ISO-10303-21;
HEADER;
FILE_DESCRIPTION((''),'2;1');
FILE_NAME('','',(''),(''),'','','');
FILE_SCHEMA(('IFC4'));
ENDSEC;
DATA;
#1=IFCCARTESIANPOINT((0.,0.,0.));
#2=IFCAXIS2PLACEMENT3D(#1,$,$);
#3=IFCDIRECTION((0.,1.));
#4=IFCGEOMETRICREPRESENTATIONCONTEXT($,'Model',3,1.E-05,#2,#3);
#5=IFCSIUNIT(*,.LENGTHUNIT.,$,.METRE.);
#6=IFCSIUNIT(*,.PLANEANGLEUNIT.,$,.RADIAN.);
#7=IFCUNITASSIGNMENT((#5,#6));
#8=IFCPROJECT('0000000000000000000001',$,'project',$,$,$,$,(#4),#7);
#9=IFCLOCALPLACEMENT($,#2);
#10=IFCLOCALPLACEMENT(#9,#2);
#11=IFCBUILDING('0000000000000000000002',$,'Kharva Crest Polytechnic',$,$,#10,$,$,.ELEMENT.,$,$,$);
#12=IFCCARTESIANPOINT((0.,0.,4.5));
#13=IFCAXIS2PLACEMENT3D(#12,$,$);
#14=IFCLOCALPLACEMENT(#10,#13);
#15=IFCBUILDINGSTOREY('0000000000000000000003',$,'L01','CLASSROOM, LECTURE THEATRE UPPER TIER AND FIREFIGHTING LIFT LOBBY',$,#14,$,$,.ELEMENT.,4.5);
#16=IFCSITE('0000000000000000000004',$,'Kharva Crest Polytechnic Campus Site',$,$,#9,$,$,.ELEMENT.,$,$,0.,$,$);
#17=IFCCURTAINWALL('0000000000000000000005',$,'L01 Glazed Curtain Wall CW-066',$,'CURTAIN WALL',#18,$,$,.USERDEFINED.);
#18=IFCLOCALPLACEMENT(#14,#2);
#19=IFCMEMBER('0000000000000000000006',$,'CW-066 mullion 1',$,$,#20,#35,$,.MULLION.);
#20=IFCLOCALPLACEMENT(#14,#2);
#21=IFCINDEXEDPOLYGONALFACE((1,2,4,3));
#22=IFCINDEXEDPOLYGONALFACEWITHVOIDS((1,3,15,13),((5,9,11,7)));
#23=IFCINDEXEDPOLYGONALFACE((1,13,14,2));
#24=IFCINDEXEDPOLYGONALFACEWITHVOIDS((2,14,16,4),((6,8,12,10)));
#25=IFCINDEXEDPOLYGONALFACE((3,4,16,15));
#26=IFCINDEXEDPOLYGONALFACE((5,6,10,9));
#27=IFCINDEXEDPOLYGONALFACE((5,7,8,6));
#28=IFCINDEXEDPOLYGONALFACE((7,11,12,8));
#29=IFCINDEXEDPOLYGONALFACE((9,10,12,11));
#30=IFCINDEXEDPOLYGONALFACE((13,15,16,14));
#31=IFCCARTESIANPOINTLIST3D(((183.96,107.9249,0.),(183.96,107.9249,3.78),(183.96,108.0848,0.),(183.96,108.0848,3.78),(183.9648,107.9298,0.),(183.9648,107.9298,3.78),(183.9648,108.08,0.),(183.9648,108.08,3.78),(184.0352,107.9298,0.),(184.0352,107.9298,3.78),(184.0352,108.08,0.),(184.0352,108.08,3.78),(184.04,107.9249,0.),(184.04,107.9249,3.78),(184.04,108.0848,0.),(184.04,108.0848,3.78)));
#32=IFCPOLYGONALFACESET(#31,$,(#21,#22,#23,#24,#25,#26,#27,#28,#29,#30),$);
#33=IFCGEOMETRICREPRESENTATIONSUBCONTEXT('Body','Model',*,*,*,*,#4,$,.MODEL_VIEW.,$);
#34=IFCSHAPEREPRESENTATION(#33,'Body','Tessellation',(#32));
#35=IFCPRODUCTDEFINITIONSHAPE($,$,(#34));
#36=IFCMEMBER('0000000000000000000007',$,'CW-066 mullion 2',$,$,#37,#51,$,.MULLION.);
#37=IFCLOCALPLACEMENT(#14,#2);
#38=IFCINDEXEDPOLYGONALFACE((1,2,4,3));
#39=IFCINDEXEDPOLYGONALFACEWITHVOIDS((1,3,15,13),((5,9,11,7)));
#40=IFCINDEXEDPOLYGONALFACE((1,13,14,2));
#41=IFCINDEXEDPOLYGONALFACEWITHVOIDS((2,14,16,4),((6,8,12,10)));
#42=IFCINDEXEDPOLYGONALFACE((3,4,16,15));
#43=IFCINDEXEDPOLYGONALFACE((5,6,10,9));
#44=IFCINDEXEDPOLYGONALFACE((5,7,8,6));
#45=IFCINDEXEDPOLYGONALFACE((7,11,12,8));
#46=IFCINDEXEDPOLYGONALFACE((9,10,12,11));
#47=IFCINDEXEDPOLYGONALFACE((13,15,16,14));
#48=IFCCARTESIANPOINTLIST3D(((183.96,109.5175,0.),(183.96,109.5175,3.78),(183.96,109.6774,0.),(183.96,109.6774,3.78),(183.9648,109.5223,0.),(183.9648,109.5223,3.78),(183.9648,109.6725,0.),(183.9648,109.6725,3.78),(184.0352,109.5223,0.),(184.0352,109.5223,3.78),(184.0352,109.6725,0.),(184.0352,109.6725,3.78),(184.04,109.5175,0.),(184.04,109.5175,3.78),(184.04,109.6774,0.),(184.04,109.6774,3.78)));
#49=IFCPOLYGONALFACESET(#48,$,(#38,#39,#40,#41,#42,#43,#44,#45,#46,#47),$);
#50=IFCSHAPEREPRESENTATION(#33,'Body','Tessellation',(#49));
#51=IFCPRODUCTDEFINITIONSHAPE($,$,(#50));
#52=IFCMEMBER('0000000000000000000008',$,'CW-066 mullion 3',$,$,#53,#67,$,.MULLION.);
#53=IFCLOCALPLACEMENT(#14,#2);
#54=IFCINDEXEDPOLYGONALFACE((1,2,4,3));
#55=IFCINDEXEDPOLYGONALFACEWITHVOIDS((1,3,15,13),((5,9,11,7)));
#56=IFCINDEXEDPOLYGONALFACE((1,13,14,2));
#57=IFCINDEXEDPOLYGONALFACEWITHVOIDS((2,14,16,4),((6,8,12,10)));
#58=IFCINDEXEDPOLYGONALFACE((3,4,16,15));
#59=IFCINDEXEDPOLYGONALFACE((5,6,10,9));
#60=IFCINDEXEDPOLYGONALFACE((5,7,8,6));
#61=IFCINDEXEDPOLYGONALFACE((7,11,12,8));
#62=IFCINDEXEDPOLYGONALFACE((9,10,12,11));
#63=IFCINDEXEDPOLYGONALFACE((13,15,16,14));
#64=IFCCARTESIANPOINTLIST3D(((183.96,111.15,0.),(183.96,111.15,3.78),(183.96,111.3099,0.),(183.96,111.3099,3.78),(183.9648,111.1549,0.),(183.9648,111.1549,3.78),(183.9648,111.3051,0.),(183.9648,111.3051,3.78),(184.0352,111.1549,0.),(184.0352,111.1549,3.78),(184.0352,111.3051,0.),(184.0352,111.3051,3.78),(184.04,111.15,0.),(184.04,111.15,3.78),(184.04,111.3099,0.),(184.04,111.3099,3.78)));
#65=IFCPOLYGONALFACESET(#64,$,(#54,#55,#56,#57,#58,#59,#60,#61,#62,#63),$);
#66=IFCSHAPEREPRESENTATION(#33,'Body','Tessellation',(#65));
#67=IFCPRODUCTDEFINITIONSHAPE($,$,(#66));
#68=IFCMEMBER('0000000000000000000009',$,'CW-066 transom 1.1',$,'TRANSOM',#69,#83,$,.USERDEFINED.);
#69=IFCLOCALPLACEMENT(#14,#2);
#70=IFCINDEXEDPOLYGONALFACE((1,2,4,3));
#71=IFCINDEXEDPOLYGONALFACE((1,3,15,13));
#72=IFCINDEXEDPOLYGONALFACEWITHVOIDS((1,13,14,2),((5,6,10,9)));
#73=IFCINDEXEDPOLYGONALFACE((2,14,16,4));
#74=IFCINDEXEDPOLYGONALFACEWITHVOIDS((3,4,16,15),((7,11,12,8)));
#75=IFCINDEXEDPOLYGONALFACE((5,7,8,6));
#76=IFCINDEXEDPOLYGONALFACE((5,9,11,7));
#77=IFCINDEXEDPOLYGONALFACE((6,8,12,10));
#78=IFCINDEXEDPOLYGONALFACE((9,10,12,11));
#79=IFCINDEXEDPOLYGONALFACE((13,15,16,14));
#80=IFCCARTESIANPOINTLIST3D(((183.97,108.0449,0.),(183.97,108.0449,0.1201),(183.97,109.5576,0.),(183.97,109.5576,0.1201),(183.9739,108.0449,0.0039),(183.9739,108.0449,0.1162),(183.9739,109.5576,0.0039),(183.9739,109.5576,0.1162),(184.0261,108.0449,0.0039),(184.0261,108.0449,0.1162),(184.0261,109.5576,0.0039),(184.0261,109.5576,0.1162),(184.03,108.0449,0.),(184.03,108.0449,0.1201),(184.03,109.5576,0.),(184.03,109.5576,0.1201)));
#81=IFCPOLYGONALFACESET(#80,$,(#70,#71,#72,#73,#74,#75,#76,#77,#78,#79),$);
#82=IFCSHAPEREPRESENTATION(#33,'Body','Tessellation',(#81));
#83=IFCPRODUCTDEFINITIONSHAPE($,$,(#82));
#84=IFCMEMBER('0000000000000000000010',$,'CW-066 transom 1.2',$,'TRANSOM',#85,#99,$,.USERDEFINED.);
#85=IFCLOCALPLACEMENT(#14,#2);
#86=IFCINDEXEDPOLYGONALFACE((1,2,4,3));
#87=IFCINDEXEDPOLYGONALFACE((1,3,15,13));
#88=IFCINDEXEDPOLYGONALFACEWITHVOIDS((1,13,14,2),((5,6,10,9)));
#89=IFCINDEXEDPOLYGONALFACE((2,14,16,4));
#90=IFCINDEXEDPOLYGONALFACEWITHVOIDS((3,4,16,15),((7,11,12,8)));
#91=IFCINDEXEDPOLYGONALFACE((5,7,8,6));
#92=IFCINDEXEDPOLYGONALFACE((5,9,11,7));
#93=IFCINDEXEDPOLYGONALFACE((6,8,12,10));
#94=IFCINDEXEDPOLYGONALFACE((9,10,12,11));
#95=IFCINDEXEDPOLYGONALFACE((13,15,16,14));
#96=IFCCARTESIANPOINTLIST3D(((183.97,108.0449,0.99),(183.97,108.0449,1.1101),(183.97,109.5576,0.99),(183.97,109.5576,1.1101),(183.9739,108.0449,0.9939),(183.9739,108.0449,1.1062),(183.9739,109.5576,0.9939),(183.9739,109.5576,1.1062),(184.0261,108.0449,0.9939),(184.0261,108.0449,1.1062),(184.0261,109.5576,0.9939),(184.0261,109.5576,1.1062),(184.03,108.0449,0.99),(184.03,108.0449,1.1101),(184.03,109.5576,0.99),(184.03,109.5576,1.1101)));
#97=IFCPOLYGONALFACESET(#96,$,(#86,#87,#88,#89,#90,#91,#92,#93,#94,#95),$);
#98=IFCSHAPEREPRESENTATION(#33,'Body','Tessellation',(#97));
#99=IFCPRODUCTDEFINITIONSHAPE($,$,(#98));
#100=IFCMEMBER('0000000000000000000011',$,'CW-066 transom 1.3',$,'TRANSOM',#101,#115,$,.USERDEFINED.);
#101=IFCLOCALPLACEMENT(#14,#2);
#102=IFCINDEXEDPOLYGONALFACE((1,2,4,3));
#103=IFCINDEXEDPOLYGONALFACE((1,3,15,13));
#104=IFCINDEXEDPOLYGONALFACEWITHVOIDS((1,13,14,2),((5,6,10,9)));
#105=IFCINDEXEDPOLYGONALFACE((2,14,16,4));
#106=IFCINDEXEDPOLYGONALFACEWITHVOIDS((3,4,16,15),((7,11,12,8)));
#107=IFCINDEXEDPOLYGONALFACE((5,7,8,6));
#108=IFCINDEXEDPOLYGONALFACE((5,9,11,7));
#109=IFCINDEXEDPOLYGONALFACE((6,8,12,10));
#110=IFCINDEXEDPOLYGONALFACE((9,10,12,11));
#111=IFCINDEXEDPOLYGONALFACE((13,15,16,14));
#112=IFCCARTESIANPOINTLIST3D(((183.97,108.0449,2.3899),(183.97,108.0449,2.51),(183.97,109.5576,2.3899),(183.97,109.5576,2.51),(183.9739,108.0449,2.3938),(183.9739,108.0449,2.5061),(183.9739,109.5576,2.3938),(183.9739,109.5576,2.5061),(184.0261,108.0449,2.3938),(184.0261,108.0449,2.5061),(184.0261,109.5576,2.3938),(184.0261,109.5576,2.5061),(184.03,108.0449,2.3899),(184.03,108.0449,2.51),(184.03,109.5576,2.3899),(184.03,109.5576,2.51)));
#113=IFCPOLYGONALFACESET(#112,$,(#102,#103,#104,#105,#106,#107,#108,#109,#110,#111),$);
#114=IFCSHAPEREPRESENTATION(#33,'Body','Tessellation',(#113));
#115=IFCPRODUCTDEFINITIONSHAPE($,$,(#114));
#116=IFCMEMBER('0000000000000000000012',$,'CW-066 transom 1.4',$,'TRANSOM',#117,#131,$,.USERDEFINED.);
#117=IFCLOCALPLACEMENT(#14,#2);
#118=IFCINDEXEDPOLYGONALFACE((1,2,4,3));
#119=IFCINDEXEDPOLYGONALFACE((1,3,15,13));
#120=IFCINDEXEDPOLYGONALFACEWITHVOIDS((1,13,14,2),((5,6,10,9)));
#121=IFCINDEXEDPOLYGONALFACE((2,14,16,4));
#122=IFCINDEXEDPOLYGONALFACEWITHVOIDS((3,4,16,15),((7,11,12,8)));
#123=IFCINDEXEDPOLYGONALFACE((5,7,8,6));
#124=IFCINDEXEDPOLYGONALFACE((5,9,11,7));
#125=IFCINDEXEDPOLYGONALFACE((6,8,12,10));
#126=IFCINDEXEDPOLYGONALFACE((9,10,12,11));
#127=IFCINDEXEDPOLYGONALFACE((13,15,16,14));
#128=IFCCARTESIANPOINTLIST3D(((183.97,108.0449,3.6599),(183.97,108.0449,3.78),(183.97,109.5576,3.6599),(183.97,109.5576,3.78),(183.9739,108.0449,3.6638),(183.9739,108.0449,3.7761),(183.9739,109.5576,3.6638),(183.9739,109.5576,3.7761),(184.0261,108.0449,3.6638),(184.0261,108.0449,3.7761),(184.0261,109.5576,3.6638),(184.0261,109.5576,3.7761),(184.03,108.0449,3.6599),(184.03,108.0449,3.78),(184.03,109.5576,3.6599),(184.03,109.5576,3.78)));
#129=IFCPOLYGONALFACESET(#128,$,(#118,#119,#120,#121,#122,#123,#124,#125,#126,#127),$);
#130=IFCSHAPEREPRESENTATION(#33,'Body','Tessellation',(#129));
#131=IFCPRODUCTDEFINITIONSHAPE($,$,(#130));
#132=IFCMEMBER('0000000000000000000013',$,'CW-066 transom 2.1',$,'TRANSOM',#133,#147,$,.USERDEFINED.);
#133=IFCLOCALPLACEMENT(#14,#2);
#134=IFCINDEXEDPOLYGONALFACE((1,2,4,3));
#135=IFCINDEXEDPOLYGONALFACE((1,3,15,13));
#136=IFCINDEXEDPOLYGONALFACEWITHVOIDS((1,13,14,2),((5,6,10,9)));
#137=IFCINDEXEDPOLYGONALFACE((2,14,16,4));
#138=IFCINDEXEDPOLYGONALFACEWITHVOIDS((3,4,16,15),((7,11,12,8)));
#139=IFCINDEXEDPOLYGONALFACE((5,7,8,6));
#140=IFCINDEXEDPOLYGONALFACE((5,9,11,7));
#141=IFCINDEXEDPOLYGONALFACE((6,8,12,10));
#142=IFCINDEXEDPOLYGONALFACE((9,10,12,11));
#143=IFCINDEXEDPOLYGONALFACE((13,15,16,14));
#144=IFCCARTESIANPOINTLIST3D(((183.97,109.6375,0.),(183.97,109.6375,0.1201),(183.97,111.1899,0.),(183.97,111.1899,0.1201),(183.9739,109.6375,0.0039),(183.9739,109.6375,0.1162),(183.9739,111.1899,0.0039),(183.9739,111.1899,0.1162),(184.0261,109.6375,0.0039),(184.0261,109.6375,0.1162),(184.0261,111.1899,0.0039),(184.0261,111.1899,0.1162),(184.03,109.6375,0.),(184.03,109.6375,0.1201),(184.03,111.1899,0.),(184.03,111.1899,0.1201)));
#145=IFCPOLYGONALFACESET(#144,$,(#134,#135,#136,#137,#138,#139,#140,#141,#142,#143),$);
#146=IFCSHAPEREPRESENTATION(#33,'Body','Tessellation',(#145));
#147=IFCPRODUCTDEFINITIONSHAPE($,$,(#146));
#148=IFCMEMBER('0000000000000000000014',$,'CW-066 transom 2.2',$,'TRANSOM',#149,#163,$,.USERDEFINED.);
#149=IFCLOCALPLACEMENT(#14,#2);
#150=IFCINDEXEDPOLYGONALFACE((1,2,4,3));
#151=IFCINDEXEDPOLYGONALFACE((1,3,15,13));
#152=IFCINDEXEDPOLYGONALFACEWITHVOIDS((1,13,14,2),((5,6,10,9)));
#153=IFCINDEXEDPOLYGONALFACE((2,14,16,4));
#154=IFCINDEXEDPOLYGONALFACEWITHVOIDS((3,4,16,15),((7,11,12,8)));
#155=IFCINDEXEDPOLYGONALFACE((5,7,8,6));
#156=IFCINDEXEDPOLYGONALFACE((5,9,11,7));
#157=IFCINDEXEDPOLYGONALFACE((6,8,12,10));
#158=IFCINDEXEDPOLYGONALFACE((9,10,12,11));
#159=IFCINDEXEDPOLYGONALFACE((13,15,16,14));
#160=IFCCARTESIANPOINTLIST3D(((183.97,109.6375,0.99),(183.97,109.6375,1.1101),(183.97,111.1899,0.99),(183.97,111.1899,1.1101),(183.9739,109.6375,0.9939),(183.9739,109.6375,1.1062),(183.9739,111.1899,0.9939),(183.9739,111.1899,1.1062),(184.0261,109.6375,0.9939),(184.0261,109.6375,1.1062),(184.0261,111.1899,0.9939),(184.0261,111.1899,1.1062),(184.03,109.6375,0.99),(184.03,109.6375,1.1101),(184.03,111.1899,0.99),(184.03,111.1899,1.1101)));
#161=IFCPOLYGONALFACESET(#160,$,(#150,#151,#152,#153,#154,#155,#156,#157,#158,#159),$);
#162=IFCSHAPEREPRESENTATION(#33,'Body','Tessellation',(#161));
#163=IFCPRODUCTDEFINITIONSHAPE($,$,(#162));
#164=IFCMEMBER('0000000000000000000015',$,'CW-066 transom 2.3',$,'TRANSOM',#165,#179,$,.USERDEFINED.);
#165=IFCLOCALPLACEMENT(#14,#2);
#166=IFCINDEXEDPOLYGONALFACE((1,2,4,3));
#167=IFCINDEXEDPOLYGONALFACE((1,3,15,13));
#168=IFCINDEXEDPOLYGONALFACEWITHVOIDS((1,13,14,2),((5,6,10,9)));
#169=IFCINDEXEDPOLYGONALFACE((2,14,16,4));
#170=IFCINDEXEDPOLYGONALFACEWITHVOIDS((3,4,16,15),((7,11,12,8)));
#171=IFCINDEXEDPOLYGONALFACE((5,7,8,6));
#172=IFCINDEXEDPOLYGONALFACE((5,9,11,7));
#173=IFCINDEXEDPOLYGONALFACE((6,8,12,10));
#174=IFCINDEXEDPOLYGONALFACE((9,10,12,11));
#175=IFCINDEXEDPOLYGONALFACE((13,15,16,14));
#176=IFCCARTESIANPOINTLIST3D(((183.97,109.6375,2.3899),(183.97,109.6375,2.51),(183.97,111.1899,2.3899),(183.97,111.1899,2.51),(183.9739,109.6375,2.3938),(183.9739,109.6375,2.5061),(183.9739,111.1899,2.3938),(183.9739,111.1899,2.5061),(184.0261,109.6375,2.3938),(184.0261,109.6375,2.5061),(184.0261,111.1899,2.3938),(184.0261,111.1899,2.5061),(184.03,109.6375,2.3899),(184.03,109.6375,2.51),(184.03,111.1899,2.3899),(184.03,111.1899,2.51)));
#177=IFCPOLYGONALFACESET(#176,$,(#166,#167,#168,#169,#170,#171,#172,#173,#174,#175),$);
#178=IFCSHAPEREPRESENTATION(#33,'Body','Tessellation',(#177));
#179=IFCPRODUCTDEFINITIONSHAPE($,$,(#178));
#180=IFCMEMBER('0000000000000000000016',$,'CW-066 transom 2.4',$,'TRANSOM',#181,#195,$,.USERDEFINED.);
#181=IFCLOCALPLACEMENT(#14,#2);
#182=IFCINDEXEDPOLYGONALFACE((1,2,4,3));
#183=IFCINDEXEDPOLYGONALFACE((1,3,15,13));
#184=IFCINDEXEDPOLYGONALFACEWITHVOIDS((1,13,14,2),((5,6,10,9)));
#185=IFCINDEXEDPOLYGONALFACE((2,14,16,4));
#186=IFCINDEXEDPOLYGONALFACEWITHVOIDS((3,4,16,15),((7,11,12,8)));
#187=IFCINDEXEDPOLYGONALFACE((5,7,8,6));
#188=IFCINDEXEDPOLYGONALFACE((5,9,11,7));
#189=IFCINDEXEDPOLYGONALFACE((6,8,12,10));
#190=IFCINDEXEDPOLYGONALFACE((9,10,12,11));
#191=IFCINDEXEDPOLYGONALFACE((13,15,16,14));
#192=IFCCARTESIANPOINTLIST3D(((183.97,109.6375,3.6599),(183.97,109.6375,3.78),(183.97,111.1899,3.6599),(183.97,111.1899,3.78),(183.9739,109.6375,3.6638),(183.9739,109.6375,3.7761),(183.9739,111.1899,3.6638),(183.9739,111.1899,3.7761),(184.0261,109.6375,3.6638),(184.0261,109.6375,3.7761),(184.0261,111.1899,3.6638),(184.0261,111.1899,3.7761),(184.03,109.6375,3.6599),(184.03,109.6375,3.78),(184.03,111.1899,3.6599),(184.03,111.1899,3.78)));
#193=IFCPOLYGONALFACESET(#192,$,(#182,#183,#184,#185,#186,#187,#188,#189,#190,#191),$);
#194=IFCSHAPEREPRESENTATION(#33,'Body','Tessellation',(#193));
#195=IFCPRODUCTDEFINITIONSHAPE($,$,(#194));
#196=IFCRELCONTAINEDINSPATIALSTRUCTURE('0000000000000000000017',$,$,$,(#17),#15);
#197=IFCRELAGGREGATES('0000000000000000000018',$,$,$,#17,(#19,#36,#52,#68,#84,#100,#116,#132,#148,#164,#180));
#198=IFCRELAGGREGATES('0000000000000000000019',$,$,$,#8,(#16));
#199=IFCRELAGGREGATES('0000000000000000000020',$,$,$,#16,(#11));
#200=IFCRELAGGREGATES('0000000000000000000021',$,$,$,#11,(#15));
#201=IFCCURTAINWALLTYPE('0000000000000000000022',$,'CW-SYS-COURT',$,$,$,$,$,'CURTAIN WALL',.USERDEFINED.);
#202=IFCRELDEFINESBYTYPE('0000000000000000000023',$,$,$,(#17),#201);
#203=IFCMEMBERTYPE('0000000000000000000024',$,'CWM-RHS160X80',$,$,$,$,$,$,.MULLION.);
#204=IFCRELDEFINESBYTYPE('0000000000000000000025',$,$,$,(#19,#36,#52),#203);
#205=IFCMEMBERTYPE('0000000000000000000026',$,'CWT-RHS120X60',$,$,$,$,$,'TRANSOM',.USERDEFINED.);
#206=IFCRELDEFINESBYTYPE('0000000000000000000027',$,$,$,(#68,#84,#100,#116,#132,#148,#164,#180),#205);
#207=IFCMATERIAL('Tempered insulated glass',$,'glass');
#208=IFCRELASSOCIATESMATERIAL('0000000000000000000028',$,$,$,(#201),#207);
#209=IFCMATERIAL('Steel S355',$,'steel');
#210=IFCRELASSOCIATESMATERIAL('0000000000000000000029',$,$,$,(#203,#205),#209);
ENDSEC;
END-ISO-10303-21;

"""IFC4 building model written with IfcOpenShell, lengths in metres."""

from ifc_helpers import new_model, si_unit, direction, frame, origin, origin_2d, place, context, subcontext, project, spatial, hollow_rectangle, extrude, material, material_profile, profile_set, type_object, element, aggregate, save


model = new_model("IFC4")

# Units and contexts
model_context = context("Model", 3, precision=1e-05, world=origin(), true_north=direction((0.0, 1.0)))
body_context = subcontext(model_context, "Body", "Model", "MODEL_VIEW")
ifc_project = project(units=[si_unit("LENGTHUNIT", "METRE"), si_unit("PLANEANGLEUNIT", "RADIAN")], contexts=[model_context])

# Site, building, storey
site_placement = place(None, origin())
site = spatial("IfcSite", under=ifc_project, at=site_placement, Name="Kharva Crest Polytechnic Campus Site", CompositionType="ELEMENT", RefElevation=0.0)
building_placement = place(site_placement, origin())
building = spatial("IfcBuilding", under=site, at=building_placement, Name="Kharva Crest Polytechnic", CompositionType="ELEMENT")
storey_placement = place(building_placement, frame((0.0, 0.0, 4.5)))
storey = spatial("IfcBuildingStorey", under=building, at=storey_placement, Name="L01", Description="CLASSROOM, LECTURE THEATRE UPPER TIER AND FIREFIGHTING LIFT LOBBY", CompositionType="ELEMENT", Elevation=4.5)

# Curtain wall, members
ifc_material_1 = material(Name="Tempered insulated glass", Category="glass")
curtain_wall_type = type_object("IfcCurtainWallType", Name="CW-SYS-COURT", ElementType="CURTAIN WALL", PredefinedType="USERDEFINED", material=ifc_material_1)
curtain_wall_placement = place(storey_placement, origin())
curtain_wall = element("IfcCurtainWall", 1, at=curtain_wall_placement, inside=storey, type_object=curtain_wall_type, Name="L01 Glazed Curtain Wall CW-066", ObjectType="CURTAIN WALL", PredefinedType="USERDEFINED")
ifc_material_2 = material(Name="Steel S355", Category="steel")
ifc_material_profile_1 = material_profile(ifc_material_2, hollow_rectangle(XDim=0.0801, YDim=0.1599, WallThickness=0.0049, at=origin_2d()), Name="RHS 160X80X5.0")
ifc_profile_set_1 = profile_set([ifc_material_profile_1], Name="Steel S355")
member_type_1 = type_object("IfcMemberType", Name="CWM-RHS160X80", PredefinedType="MULLION", material=ifc_profile_set_1)
member_1_placement = place(storey_placement, frame((184.0, 108.0049, 0.0), z_axis=(0.0, 0.0, 1.0), x_axis=(-1.0, 0.0, 0.0)))
member_1 = element("IfcMember", 2, at=member_1_placement, type_object=member_type_1, Name="CW-066 mullion 1", PredefinedType="MULLION", context=body_context, shape_type="SweptSolid", body=[
    extrude(hollow_rectangle(XDim=0.0801, YDim=0.1599, WallThickness=0.0049, at=origin_2d()), origin(), (0.0, 0.0, 1.0), 3.78),
])
member_2_placement = place(storey_placement, frame((184.0, 109.5974, 0.0), z_axis=(0.0, 0.0, 1.0), x_axis=(-1.0, 0.0, 0.0)))
member_2 = element("IfcMember", 3, at=member_2_placement, type_object=member_type_1, Name="CW-066 mullion 2", PredefinedType="MULLION", context=body_context, shape_type="SweptSolid", body=[
    extrude(hollow_rectangle(XDim=0.0801, YDim=0.1599, WallThickness=0.0049, at=origin_2d()), origin(), (0.0, 0.0, 1.0), 3.78),
])
member_3_placement = place(storey_placement, frame((184.0, 111.23, 0.0), z_axis=(0.0, 0.0, 1.0), x_axis=(-1.0, 0.0, 0.0)))
member_3 = element("IfcMember", 4, at=member_3_placement, type_object=member_type_1, Name="CW-066 mullion 3", PredefinedType="MULLION", context=body_context, shape_type="SweptSolid", body=[
    extrude(hollow_rectangle(XDim=0.0801, YDim=0.1599, WallThickness=0.0049, at=origin_2d()), origin(), (0.0, 0.0, 1.0), 3.78),
])
ifc_material_profile_2 = material_profile(ifc_material_2, hollow_rectangle(XDim=0.0601, YDim=0.1201, WallThickness=0.0039, at=origin_2d()), Name="RHS 120X60X4.0")
ifc_profile_set_2 = profile_set([ifc_material_profile_2], Name="Steel S355")
member_type_2 = type_object("IfcMemberType", Name="CWT-RHS120X60", ElementType="TRANSOM", PredefinedType="USERDEFINED", material=ifc_profile_set_2)
member_4_placement = place(storey_placement, frame((184.0, 108.0449, 0.0601), z_axis=(0.0, 1.0, 0.0), x_axis=(-1.0, 0.0, 0.0)))
member_4 = element("IfcMember", 5, at=member_4_placement, type_object=member_type_2, Name="CW-066 transom 1.1", ObjectType="TRANSOM", PredefinedType="USERDEFINED", context=body_context, shape_type="SweptSolid", body=[
    extrude(hollow_rectangle(XDim=0.0601, YDim=0.1201, WallThickness=0.0039, at=origin_2d()), origin(), (0.0, 0.0, 1.0), 1.5127),
])
member_5_placement = place(storey_placement, frame((184.0, 108.0449, 1.05), z_axis=(0.0, 1.0, 0.0), x_axis=(-1.0, 0.0, 0.0)))
member_5 = element("IfcMember", 6, at=member_5_placement, type_object=member_type_2, Name="CW-066 transom 1.2", ObjectType="TRANSOM", PredefinedType="USERDEFINED", context=body_context, shape_type="SweptSolid", body=[
    extrude(hollow_rectangle(XDim=0.0601, YDim=0.1201, WallThickness=0.0039, at=origin_2d()), origin(), (0.0, 0.0, 1.0), 1.5127),
])
member_6_placement = place(storey_placement, frame((184.0, 108.0449, 2.45), z_axis=(0.0, 1.0, 0.0), x_axis=(-1.0, 0.0, 0.0)))
member_6 = element("IfcMember", 7, at=member_6_placement, type_object=member_type_2, Name="CW-066 transom 1.3", ObjectType="TRANSOM", PredefinedType="USERDEFINED", context=body_context, shape_type="SweptSolid", body=[
    extrude(hollow_rectangle(XDim=0.0601, YDim=0.1201, WallThickness=0.0039, at=origin_2d()), origin(), (0.0, 0.0, 1.0), 1.5127),
])
member_7_placement = place(storey_placement, frame((184.0, 108.0449, 3.72), z_axis=(0.0, 1.0, 0.0), x_axis=(-1.0, 0.0, 0.0)))
member_7 = element("IfcMember", 8, at=member_7_placement, type_object=member_type_2, Name="CW-066 transom 1.4", ObjectType="TRANSOM", PredefinedType="USERDEFINED", context=body_context, shape_type="SweptSolid", body=[
    extrude(hollow_rectangle(XDim=0.0601, YDim=0.1201, WallThickness=0.0039, at=origin_2d()), origin(), (0.0, 0.0, 1.0), 1.5127),
])
member_8_placement = place(storey_placement, frame((184.0, 109.6375, 0.0601), z_axis=(0.0, 1.0, 0.0), x_axis=(-1.0, 0.0, 0.0)))
member_8 = element("IfcMember", 9, at=member_8_placement, type_object=member_type_2, Name="CW-066 transom 2.1", ObjectType="TRANSOM", PredefinedType="USERDEFINED", context=body_context, shape_type="SweptSolid", body=[
    extrude(hollow_rectangle(XDim=0.0601, YDim=0.1201, WallThickness=0.0039, at=origin_2d()), origin(), (0.0, 0.0, 1.0), 1.5525),
])
member_9_placement = place(storey_placement, frame((184.0, 109.6375, 1.05), z_axis=(0.0, 1.0, 0.0), x_axis=(-1.0, 0.0, 0.0)))
member_9 = element("IfcMember", 10, at=member_9_placement, type_object=member_type_2, Name="CW-066 transom 2.2", ObjectType="TRANSOM", PredefinedType="USERDEFINED", context=body_context, shape_type="SweptSolid", body=[
    extrude(hollow_rectangle(XDim=0.0601, YDim=0.1201, WallThickness=0.0039, at=origin_2d()), origin(), (0.0, 0.0, 1.0), 1.5525),
])
member_10_placement = place(storey_placement, frame((184.0, 109.6375, 2.45), z_axis=(0.0, 1.0, 0.0), x_axis=(-1.0, 0.0, 0.0)))
member_10 = element("IfcMember", 11, at=member_10_placement, type_object=member_type_2, Name="CW-066 transom 2.3", ObjectType="TRANSOM", PredefinedType="USERDEFINED", context=body_context, shape_type="SweptSolid", body=[
    extrude(hollow_rectangle(XDim=0.0601, YDim=0.1201, WallThickness=0.0039, at=origin_2d()), origin(), (0.0, 0.0, 1.0), 1.5525),
])
member_11_placement = place(storey_placement, frame((184.0, 109.6375, 3.72), z_axis=(0.0, 1.0, 0.0), x_axis=(-1.0, 0.0, 0.0)))
member_11 = element("IfcMember", 12, at=member_11_placement, type_object=member_type_2, Name="CW-066 transom 2.4", ObjectType="TRANSOM", PredefinedType="USERDEFINED", context=body_context, shape_type="SweptSolid", body=[
    extrude(hollow_rectangle(XDim=0.0601, YDim=0.1201, WallThickness=0.0039, at=origin_2d()), origin(), (0.0, 0.0, 1.0), 1.5525),
])
aggregate(curtain_wall, [member_1, member_2, member_3, member_4, member_5, member_6, member_7, member_8, member_9, member_10, member_11])

save(model, "model.ifc")
